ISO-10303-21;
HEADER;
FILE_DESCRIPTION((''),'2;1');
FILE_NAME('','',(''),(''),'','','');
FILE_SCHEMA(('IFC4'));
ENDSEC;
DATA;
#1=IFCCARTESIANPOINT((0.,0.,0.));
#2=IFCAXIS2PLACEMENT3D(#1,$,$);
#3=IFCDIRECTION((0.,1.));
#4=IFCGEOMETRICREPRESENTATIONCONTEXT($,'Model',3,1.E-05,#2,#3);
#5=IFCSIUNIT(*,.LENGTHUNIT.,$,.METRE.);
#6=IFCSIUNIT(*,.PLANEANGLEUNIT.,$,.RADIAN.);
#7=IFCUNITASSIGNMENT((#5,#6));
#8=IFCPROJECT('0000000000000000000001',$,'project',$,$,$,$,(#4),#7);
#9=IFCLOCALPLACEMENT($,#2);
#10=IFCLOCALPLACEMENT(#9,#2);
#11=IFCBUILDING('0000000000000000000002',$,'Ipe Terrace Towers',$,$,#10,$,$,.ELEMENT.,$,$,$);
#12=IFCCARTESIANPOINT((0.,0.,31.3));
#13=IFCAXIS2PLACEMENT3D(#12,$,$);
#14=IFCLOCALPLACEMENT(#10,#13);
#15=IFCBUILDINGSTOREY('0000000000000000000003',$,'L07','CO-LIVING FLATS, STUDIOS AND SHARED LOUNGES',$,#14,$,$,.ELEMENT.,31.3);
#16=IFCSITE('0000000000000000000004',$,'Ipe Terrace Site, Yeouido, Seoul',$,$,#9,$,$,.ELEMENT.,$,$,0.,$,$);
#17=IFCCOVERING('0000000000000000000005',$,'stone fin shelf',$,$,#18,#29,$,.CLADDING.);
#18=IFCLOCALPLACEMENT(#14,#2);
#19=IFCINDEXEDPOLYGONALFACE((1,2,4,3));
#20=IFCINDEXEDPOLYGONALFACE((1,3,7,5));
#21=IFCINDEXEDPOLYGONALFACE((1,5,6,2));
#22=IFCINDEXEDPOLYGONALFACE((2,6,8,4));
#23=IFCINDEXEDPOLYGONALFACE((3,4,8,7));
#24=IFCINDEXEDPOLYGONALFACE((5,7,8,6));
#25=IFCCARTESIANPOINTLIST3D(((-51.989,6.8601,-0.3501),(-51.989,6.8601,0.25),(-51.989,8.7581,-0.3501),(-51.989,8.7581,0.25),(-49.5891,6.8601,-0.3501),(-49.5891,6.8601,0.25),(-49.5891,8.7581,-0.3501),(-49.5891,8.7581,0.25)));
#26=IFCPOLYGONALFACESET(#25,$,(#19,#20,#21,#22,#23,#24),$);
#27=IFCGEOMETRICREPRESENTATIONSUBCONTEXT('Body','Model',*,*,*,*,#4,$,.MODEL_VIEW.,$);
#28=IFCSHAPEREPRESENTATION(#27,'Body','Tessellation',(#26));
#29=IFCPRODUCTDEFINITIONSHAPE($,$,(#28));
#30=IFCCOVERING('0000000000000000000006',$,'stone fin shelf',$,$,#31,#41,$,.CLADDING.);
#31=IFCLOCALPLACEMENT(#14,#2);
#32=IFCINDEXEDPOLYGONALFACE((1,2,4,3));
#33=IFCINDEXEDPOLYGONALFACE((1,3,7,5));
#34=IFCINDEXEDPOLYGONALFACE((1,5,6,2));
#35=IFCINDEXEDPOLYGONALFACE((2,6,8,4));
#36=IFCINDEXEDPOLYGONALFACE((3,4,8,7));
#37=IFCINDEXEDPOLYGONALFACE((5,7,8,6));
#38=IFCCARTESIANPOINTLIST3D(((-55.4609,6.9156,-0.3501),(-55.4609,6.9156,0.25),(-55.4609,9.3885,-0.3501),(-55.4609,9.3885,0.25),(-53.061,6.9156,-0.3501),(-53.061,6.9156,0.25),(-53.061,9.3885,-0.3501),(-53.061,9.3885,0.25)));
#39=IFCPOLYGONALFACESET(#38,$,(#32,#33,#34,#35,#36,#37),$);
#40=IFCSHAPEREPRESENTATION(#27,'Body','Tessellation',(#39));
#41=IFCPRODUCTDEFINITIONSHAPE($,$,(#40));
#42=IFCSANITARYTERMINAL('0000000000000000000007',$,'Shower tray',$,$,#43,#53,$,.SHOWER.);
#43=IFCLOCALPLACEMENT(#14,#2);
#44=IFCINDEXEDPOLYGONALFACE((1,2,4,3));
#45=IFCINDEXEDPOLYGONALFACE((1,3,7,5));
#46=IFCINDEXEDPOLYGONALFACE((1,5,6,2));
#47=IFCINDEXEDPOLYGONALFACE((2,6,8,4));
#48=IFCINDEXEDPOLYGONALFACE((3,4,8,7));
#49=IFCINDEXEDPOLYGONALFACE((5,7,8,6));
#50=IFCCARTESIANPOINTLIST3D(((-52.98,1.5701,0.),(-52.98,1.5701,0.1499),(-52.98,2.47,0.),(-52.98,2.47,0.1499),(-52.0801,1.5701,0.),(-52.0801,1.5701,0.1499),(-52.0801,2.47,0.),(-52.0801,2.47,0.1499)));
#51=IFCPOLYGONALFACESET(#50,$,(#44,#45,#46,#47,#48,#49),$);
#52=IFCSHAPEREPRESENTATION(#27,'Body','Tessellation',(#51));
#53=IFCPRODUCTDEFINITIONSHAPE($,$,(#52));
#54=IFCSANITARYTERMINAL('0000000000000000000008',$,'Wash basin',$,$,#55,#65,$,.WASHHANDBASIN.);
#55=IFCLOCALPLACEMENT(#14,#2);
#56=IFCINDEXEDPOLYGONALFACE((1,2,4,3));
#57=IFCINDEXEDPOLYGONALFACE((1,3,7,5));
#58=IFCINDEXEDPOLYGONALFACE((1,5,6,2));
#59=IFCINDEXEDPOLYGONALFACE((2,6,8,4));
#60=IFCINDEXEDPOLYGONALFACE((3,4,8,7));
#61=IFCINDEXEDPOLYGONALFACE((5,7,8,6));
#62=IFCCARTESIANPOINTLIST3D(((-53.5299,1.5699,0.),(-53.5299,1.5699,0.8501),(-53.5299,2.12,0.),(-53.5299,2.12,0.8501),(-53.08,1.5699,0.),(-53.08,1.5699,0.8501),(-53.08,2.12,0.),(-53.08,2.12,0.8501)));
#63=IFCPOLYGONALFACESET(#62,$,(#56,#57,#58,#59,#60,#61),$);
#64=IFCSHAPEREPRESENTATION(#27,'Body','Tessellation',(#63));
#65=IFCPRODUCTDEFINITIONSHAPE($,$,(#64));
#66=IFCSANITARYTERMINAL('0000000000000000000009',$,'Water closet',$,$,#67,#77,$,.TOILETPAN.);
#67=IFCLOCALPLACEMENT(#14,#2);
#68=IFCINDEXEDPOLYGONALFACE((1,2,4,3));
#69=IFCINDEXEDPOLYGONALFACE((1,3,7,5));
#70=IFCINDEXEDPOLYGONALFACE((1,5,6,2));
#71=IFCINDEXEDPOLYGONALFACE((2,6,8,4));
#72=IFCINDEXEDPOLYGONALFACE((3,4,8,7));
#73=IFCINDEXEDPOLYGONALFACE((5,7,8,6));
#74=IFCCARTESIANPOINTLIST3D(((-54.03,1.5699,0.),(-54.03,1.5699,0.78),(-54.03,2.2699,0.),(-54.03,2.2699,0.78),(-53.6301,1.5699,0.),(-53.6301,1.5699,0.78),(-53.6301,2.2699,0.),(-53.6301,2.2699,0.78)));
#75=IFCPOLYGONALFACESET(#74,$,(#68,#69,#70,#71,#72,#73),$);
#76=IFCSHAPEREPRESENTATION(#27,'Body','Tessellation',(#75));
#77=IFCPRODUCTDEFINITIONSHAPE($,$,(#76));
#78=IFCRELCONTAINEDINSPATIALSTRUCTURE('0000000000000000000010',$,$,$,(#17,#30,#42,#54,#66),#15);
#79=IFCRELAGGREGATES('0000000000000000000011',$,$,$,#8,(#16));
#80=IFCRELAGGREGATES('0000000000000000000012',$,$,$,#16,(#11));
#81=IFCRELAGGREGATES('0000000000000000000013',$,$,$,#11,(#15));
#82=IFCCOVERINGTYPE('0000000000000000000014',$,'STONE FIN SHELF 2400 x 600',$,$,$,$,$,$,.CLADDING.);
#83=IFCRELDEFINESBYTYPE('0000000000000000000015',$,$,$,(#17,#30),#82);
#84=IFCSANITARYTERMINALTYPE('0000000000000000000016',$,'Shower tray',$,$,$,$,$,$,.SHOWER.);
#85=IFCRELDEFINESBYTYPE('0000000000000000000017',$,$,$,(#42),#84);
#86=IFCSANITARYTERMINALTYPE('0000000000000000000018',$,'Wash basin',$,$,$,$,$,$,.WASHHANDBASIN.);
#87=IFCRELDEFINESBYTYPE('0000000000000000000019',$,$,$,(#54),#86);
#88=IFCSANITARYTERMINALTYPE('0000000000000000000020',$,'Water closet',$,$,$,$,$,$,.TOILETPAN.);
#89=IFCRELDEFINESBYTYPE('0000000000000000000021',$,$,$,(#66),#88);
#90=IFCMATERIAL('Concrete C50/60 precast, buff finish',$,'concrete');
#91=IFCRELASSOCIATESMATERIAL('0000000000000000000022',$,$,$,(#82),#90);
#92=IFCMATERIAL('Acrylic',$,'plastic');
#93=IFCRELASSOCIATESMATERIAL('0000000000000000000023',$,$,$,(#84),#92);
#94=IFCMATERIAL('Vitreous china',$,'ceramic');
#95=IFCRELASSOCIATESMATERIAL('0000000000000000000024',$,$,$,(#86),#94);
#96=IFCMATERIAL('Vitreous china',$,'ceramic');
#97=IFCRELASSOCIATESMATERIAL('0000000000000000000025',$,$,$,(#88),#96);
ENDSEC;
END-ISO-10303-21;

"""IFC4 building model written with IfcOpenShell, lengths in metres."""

from ifc_helpers import new_model, si_unit, direction, frame, origin, origin_2d, place, context, subcontext, project, spatial, rectangle, extrude, material, type_object, element, save


model = new_model("IFC4")

# Units and contexts
model_context = context("Model", 3, precision=1e-05, world=origin(), true_north=direction((0.0, 1.0)))
body_context = subcontext(model_context, "Body", "Model", "MODEL_VIEW")
ifc_project = project(units=[si_unit("LENGTHUNIT", "METRE"), si_unit("PLANEANGLEUNIT", "RADIAN")], contexts=[model_context])

# Site, building, storey
site_placement = place(None, origin())
site = spatial("IfcSite", under=ifc_project, at=site_placement, Name="Ipe Terrace Site, Yeouido, Seoul", CompositionType="ELEMENT", RefElevation=0.0)
building_placement = place(site_placement, origin())
building = spatial("IfcBuilding", under=site, at=building_placement, Name="Ipe Terrace Towers", CompositionType="ELEMENT")
storey_placement = place(building_placement, frame((0.0, 0.0, 31.3)))
storey = spatial("IfcBuildingStorey", under=building, at=storey_placement, Name="L07", Description="CO-LIVING FLATS, STUDIOS AND SHARED LOUNGES", CompositionType="ELEMENT", Elevation=31.3)

# Coverings
ifc_material_1 = material(Name="Concrete C50/60 precast, buff finish", Category="concrete")
covering_type_1 = type_object("IfcCoveringType", Name="STONE FIN SHELF 2400 x 600", PredefinedType="CLADDING", material=ifc_material_1)
covering_1_placement = place(storey_placement, frame((-50.7891, 7.8091, -0.3501), z_axis=(0.0, 0.0, 1.0), x_axis=(-1.0, 0.0, 0.0)))
element("IfcCovering", 1, at=covering_1_placement, inside=storey, type_object=covering_type_1, Name="stone fin shelf", PredefinedType="CLADDING", context=body_context, shape_type="SweptSolid", body=[
    extrude(rectangle(XDim=2.3999, YDim=1.8979, at=origin_2d()), origin(), (0.0, 0.0, 1.0), 0.6001),
])
covering_2_placement = place(storey_placement, frame((-54.261, 8.1521, -0.3501), z_axis=(0.0, 0.0, 1.0), x_axis=(-1.0, 0.0, 0.0)))
element("IfcCovering", 2, at=covering_2_placement, inside=storey, type_object=covering_type_1, Name="stone fin shelf", PredefinedType="CLADDING", context=body_context, shape_type="SweptSolid", body=[
    extrude(rectangle(XDim=2.3999, YDim=2.4729, at=origin_2d()), origin(), (0.0, 0.0, 1.0), 0.6001),
])

# Sanitary terminals
ifc_material_2 = material(Name="Acrylic", Category="plastic")
sanitary_terminal_type_1 = type_object("IfcSanitaryTerminalType", Name="Shower tray", PredefinedType="SHOWER", material=ifc_material_2)
sanitary_terminal_1_placement = place(storey_placement, frame((-52.53, 2.02, 0.0), z_axis=(0.0, 0.0, 1.0), x_axis=(0.0, 1.0, 0.0)))
element("IfcSanitaryTerminal", 3, at=sanitary_terminal_1_placement, inside=storey, type_object=sanitary_terminal_type_1, Name="Shower tray", PredefinedType="SHOWER", context=body_context, shape_type="SweptSolid", body=[
    extrude(rectangle(XDim=0.8999, YDim=0.8999, at=origin_2d()), origin(), (0.0, 0.0, 1.0), 0.1499),
])
ifc_material_3 = material(Name="Vitreous china", Category="ceramic")
sanitary_terminal_type_2 = type_object("IfcSanitaryTerminalType", Name="Wash basin", PredefinedType="WASHHANDBASIN", material=ifc_material_3)
sanitary_terminal_2_placement = place(storey_placement, frame((-53.3049, 1.845, 0.0), z_axis=(0.0, 0.0, 1.0), x_axis=(0.0, 1.0, 0.0)))
element("IfcSanitaryTerminal", 4, at=sanitary_terminal_2_placement, inside=storey, type_object=sanitary_terminal_type_2, Name="Wash basin", PredefinedType="WASHHANDBASIN", context=body_context, shape_type="SweptSolid", body=[
    extrude(rectangle(XDim=0.55, YDim=0.45, at=origin_2d()), origin(), (0.0, 0.0, 1.0), 0.8501),
])
ifc_material_4 = material(Name="Vitreous china", Category="ceramic")
sanitary_terminal_type_3 = type_object("IfcSanitaryTerminalType", Name="Water closet", PredefinedType="TOILETPAN", material=ifc_material_4)
sanitary_terminal_3_placement = place(storey_placement, frame((-53.8301, 1.9199, 0.0), z_axis=(0.0, 0.0, 1.0), x_axis=(0.0, 1.0, 0.0)))
element("IfcSanitaryTerminal", 5, at=sanitary_terminal_3_placement, inside=storey, type_object=sanitary_terminal_type_3, Name="Water closet", PredefinedType="TOILETPAN", context=body_context, shape_type="SweptSolid", body=[
    extrude(rectangle(XDim=0.7, YDim=0.3999, at=origin_2d()), origin(), (0.0, 0.0, 1.0), 0.78),
])

save(model, "model.ifc")
